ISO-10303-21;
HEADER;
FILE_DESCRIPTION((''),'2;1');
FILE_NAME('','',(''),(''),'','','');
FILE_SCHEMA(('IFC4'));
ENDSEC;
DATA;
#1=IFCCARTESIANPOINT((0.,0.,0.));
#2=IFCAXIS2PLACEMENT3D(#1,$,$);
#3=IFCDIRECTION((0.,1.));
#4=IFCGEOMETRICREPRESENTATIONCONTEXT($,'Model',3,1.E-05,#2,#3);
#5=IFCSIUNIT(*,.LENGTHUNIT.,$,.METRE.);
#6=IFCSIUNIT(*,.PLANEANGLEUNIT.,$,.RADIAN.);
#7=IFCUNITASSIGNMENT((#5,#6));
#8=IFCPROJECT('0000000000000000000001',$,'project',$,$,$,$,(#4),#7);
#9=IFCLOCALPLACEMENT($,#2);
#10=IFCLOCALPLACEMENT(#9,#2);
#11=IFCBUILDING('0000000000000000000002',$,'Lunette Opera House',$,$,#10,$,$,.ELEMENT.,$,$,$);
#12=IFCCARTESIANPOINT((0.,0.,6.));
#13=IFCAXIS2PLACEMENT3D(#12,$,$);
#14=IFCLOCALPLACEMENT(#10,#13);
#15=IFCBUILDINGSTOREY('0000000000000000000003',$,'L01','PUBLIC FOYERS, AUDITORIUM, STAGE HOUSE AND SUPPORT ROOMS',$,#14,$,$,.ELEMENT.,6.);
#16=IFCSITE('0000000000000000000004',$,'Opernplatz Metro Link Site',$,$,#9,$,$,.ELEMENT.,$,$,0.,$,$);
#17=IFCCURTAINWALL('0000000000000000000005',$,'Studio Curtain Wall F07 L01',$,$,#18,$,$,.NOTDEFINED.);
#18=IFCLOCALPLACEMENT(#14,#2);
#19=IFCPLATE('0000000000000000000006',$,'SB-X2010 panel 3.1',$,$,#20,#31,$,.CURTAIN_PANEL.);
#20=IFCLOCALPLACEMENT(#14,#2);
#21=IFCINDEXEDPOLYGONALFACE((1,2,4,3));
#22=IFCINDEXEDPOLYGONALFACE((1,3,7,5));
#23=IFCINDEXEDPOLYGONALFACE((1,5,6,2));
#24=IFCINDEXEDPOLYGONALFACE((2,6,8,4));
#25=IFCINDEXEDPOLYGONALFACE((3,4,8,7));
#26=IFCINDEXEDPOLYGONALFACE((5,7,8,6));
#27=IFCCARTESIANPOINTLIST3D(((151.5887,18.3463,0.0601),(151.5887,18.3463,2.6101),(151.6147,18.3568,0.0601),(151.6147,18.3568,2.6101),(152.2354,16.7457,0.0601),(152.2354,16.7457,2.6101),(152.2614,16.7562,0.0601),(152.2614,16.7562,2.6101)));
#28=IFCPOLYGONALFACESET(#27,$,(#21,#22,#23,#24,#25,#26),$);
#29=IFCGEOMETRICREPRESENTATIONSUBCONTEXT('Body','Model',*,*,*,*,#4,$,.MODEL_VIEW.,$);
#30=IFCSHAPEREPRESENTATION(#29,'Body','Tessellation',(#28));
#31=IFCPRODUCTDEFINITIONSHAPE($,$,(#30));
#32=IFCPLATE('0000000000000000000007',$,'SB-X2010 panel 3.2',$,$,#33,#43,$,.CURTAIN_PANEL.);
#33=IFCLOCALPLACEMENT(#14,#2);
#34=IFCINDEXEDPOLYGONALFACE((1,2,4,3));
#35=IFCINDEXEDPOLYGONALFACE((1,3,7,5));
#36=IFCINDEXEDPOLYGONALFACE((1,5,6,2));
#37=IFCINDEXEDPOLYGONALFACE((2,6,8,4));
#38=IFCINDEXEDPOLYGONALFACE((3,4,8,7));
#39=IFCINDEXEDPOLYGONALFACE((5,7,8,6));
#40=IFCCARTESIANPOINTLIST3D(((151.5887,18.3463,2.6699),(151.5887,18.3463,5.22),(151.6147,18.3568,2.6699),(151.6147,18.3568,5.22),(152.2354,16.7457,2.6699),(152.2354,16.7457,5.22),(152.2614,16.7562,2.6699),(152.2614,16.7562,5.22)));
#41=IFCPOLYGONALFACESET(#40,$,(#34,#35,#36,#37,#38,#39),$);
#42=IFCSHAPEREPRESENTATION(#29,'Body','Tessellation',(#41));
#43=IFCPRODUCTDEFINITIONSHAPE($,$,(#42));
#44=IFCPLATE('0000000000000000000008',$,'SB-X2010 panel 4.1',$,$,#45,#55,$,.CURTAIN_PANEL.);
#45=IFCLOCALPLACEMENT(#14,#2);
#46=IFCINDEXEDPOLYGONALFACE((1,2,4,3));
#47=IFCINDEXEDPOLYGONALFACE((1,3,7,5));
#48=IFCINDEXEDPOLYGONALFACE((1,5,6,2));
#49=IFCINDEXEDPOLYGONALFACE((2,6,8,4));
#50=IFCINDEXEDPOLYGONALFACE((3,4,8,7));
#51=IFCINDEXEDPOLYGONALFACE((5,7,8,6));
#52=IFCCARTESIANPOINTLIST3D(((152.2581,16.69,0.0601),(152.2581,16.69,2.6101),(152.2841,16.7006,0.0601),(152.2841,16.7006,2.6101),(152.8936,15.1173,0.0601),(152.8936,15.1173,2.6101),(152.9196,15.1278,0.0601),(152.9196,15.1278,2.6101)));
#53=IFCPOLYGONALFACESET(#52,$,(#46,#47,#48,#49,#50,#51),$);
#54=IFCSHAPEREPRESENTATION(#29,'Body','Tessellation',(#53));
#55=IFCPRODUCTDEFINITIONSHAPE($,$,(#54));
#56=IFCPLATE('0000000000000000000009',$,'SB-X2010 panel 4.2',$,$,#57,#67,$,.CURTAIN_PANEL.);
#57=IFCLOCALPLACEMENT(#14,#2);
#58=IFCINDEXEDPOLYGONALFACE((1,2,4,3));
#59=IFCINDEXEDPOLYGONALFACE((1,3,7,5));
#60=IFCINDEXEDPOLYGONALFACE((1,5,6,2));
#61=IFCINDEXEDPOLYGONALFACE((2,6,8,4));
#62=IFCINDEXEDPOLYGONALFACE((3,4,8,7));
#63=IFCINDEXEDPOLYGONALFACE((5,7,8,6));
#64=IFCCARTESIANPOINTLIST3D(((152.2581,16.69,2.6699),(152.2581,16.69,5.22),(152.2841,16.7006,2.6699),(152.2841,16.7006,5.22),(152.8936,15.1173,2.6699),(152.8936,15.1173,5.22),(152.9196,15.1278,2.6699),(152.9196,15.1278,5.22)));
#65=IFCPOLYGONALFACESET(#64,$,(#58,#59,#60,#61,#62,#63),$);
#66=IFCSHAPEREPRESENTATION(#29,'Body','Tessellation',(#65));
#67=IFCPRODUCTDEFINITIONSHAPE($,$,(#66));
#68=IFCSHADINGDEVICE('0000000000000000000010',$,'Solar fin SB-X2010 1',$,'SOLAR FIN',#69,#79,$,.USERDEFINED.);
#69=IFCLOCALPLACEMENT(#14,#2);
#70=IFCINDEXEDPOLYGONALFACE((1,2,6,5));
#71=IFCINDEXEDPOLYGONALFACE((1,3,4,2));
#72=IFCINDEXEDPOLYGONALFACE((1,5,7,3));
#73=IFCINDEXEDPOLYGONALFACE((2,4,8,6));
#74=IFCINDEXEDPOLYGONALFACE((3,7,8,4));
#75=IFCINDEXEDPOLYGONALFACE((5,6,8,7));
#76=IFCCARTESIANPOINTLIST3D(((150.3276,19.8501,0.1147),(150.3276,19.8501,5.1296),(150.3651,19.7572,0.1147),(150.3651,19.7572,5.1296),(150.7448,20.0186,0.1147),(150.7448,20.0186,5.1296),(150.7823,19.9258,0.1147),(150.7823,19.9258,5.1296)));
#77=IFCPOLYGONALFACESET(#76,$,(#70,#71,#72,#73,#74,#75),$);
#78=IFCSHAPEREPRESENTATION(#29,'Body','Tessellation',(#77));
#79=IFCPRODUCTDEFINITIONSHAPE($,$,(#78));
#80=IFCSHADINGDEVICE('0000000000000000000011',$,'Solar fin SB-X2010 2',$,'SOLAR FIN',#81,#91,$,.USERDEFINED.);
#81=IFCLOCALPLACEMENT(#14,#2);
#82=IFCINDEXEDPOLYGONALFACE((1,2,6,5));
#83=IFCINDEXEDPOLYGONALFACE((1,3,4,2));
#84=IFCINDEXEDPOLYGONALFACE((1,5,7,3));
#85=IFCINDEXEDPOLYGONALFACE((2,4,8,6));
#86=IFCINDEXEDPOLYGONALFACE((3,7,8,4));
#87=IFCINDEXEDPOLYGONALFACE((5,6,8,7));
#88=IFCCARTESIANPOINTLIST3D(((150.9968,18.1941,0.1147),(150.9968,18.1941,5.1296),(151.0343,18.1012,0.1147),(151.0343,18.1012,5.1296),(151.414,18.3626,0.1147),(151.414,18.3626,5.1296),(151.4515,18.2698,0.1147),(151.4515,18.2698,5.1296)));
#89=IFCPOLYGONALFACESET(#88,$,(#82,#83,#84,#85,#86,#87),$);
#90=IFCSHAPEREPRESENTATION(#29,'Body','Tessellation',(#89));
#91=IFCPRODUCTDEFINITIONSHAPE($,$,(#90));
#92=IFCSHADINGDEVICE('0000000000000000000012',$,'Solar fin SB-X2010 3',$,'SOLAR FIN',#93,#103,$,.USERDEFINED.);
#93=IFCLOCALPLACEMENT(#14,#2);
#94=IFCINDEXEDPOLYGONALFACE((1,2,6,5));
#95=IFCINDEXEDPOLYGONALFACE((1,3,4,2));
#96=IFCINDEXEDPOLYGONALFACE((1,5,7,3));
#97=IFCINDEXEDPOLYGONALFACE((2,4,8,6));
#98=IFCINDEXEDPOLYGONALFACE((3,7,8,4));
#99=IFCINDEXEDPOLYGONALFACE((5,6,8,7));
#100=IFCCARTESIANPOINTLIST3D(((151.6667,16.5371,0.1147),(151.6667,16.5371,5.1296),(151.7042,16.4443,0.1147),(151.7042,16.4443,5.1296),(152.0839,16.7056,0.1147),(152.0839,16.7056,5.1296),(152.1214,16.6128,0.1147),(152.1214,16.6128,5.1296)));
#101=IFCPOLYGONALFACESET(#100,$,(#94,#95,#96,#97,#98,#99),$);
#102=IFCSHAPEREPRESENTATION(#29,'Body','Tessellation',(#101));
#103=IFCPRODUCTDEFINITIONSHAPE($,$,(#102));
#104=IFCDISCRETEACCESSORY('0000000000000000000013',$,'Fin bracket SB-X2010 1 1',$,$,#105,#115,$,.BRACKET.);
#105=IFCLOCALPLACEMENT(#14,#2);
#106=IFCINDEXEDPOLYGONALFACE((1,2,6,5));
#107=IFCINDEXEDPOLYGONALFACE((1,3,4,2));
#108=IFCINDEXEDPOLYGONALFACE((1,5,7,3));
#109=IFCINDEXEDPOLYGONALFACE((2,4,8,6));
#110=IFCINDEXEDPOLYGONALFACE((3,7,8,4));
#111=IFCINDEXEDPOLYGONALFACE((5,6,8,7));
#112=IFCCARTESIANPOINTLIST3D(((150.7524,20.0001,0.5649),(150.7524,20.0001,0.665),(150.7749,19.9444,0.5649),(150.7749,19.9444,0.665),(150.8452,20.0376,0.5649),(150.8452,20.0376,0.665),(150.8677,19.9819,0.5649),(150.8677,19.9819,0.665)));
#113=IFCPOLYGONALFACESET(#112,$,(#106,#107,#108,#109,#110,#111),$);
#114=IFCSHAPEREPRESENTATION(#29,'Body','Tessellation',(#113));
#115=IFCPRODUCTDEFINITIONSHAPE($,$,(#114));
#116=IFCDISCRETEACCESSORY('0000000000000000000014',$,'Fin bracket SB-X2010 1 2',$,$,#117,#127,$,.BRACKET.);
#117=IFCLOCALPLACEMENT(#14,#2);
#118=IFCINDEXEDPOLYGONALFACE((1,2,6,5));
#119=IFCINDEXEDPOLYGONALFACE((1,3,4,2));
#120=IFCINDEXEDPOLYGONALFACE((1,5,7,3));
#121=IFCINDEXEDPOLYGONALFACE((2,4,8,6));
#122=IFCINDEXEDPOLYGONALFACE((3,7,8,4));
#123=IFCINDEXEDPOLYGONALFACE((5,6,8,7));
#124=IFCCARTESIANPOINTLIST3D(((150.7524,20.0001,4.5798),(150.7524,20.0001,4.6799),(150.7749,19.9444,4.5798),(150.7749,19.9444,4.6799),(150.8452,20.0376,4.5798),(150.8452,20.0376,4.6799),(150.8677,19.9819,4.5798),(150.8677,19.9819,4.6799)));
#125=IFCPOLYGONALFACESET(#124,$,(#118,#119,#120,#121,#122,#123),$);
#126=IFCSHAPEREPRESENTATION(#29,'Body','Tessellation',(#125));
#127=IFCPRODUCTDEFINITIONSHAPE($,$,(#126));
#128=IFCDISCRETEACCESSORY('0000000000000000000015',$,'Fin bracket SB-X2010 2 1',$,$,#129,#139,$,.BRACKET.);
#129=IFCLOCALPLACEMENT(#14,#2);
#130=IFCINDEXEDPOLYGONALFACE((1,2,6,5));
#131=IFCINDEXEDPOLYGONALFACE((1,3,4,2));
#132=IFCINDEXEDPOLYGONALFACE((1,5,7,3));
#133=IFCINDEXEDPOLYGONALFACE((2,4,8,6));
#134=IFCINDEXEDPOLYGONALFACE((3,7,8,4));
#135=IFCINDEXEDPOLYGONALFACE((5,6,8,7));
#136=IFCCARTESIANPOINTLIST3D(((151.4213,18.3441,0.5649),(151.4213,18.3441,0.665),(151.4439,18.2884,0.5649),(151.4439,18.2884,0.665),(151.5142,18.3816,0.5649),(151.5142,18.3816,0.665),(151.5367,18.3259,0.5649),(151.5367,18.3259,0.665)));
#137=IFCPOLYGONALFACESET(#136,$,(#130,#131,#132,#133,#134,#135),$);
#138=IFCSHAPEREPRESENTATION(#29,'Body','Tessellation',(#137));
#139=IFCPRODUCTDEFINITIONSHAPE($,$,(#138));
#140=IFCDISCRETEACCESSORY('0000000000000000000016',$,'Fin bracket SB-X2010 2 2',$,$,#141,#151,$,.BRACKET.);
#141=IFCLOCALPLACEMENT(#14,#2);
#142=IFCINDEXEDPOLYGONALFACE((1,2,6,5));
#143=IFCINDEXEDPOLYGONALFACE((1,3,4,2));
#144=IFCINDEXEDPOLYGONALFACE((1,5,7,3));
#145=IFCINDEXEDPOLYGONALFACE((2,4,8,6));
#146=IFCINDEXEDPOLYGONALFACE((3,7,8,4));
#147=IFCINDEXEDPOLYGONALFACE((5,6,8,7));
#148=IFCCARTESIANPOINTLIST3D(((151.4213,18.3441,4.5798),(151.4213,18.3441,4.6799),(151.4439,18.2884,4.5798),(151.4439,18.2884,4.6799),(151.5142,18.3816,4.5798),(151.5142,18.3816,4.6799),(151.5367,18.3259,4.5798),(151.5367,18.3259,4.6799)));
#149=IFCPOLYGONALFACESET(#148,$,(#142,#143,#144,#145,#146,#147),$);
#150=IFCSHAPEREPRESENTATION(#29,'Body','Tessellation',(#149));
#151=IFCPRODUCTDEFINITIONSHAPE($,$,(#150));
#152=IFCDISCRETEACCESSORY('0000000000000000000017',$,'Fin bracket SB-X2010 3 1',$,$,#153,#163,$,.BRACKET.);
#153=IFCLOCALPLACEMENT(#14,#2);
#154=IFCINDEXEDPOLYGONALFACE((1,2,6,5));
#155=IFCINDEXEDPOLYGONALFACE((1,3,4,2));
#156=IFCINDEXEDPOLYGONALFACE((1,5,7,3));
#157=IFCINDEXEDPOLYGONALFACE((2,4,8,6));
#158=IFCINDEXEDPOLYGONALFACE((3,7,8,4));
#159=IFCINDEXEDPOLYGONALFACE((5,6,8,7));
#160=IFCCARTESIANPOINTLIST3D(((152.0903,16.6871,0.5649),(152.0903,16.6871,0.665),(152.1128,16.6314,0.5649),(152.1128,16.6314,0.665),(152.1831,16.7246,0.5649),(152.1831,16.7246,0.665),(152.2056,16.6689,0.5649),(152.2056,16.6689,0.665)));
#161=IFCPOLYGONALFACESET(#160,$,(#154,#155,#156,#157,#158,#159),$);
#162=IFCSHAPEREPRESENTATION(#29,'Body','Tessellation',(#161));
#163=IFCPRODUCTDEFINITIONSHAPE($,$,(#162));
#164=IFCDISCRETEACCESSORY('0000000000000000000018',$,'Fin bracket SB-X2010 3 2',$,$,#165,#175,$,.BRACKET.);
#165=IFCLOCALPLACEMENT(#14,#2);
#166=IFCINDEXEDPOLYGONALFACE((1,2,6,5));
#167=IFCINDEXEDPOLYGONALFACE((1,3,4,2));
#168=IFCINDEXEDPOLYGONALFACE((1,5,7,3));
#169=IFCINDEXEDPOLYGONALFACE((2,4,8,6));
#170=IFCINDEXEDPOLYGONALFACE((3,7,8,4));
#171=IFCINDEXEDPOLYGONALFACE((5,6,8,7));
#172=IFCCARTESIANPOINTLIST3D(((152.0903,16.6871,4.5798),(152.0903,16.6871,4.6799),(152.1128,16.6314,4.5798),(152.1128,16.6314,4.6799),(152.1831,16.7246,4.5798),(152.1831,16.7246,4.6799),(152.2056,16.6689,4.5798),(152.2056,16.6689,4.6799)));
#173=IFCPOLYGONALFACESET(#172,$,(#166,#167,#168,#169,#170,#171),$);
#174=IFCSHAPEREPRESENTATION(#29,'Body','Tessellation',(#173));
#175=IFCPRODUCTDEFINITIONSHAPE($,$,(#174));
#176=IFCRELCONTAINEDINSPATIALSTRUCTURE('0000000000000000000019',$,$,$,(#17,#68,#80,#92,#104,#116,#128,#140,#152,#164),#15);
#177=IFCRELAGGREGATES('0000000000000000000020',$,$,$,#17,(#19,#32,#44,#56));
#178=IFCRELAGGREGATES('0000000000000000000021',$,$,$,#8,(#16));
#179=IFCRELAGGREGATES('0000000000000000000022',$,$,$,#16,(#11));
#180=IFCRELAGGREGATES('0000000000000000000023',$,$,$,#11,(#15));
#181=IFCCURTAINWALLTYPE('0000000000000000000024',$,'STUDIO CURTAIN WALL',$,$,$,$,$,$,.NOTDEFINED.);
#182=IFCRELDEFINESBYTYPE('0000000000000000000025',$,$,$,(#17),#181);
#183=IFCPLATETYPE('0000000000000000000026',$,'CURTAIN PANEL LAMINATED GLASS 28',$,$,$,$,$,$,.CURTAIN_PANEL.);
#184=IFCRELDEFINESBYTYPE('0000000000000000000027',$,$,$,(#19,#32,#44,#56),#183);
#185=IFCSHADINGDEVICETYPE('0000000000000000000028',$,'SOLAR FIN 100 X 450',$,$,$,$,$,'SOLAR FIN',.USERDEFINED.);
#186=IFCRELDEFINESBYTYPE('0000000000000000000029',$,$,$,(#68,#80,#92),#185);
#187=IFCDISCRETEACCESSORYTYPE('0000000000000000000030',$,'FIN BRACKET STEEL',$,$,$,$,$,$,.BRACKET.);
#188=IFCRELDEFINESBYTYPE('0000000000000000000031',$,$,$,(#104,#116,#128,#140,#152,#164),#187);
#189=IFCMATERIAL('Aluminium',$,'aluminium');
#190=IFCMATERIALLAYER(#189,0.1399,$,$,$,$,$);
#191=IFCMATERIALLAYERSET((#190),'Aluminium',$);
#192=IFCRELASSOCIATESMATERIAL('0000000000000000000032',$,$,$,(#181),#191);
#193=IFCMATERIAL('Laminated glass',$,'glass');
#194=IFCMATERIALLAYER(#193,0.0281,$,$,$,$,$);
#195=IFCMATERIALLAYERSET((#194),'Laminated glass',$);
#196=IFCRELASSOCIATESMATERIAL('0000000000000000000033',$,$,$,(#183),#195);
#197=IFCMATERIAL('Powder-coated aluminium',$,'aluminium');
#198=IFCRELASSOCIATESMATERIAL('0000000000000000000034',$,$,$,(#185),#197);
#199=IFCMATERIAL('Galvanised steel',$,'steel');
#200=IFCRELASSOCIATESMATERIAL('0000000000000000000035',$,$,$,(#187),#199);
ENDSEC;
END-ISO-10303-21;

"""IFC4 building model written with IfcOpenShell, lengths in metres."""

from ifc_helpers import new_model, si_unit, direction, frame, origin, origin_2d, place, context, subcontext, project, spatial, rectangle, extrude, material, layer, layer_set, type_object, element, aggregate, save


model = new_model("IFC4")

# Units and contexts
model_context = context("Model", 3, precision=1e-05, world=origin(), true_north=direction((0.0, 1.0)))
body_context = subcontext(model_context, "Body", "Model", "MODEL_VIEW")
ifc_project = project(units=[si_unit("LENGTHUNIT", "METRE"), si_unit("PLANEANGLEUNIT", "RADIAN")], contexts=[model_context])

# Site, building, storey
site_placement = place(None, origin())
site = spatial("IfcSite", under=ifc_project, at=site_placement, Name="Opernplatz Metro Link Site", CompositionType="ELEMENT", RefElevation=0.0)
building_placement = place(site_placement, origin())
building = spatial("IfcBuilding", under=site, at=building_placement, Name="Lunette Opera House", CompositionType="ELEMENT")
storey_placement = place(building_placement, frame((0.0, 0.0, 6.0)))
storey = spatial("IfcBuildingStorey", under=building, at=storey_placement, Name="L01", Description="PUBLIC FOYERS, AUDITORIUM, STAGE HOUSE AND SUPPORT ROOMS", CompositionType="ELEMENT", Elevation=6.0)

# Curtain wall, plates
ifc_material_1 = material(Name="Aluminium", Category="aluminium")
ifc_layer_1 = layer(ifc_material_1, 0.1399)
ifc_layer_set_1 = layer_set([ifc_layer_1], Name="Aluminium")
curtain_wall_type = type_object("IfcCurtainWallType", Name="STUDIO CURTAIN WALL", PredefinedType="NOTDEFINED", material=ifc_layer_set_1)
curtain_wall_placement = place(storey_placement, origin())
curtain_wall = element("IfcCurtainWall", 1, at=curtain_wall_placement, inside=storey, type_object=curtain_wall_type, Name="Studio Curtain Wall F07 L01", PredefinedType="NOTDEFINED")
ifc_material_2 = material(Name="Laminated glass", Category="glass")
ifc_layer_2 = layer(ifc_material_2, 0.0281)
ifc_layer_set_2 = layer_set([ifc_layer_2], Name="Laminated glass")
plate_type = type_object("IfcPlateType", Name="CURTAIN PANEL LAMINATED GLASS 28", PredefinedType="CURTAIN_PANEL", material=ifc_layer_set_2)
plate_1_placement = place(storey_placement, frame((151.925, 17.5513, 0.0601), z_axis=(0.0, 0.0, 1.0), x_axis=(0.374646, -0.927168, 0.0)))
plate_1 = element("IfcPlate", 2, at=plate_1_placement, type_object=plate_type, Name="SB-X2010 panel 3.1", PredefinedType="CURTAIN_PANEL", context=body_context, shape_type="SweptSolid", body=[
    extrude(rectangle(XDim=1.7263, YDim=0.0281, at=origin_2d()), origin(), (0.0, 0.0, 1.0), 2.55),
])
plate_2_placement = place(storey_placement, frame((151.925, 17.5513, 2.6699), z_axis=(0.0, 0.0, 1.0), x_axis=(0.374646, -0.927168, 0.0)))
plate_2 = element("IfcPlate", 3, at=plate_2_placement, type_object=plate_type, Name="SB-X2010 panel 3.2", PredefinedType="CURTAIN_PANEL", context=body_context, shape_type="SweptSolid", body=[
    extrude(rectangle(XDim=1.7263, YDim=0.0281, at=origin_2d()), origin(), (0.0, 0.0, 1.0), 2.55),
])
plate_3_placement = place(storey_placement, frame((152.5889, 15.9089, 0.0601), z_axis=(0.0, 0.0, 1.0), x_axis=(0.374646, -0.927168, 0.0)))
plate_3 = element("IfcPlate", 4, at=plate_3_placement, type_object=plate_type, Name="SB-X2010 panel 4.1", PredefinedType="CURTAIN_PANEL", context=body_context, shape_type="SweptSolid", body=[
    extrude(rectangle(XDim=1.6963, YDim=0.0281, at=origin_2d()), origin(), (0.0, 0.0, 1.0), 2.55),
])
plate_4_placement = place(storey_placement, frame((152.5889, 15.9089, 2.6699), z_axis=(0.0, 0.0, 1.0), x_axis=(0.374646, -0.927168, 0.0)))
plate_4 = element("IfcPlate", 5, at=plate_4_placement, type_object=plate_type, Name="SB-X2010 panel 4.2", PredefinedType="CURTAIN_PANEL", context=body_context, shape_type="SweptSolid", body=[
    extrude(rectangle(XDim=1.6963, YDim=0.0281, at=origin_2d()), origin(), (0.0, 0.0, 1.0), 2.55),
])
aggregate(curtain_wall, [plate_1, plate_2, plate_3, plate_4])

# Shading devices
ifc_material_3 = material(Name="Powder-coated aluminium", Category="aluminium")
shading_device_type = type_object("IfcShadingDeviceType", Name="SOLAR FIN 100 X 450", ElementType="SOLAR FIN", PredefinedType="USERDEFINED", material=ifc_material_3)
for number, where, z_axis, x_axis, name in (
    (6, (150.5549, 19.8879, 0.1147), (0.0, 0.0, 1.0), (-0.927168, -0.374645, 0.0), "Solar fin SB-X2010 1"),
    (7, (151.2241, 18.2319, 0.1147), (0.0, 0.0, 1.0), (-0.927168, -0.374645, 0.0), "Solar fin SB-X2010 2"),
    (8, (151.894, 16.575, 0.1147), (0.0, 0.0, 1.0), (-0.927168, -0.374645, 0.0), "Solar fin SB-X2010 3"),
):
    element("IfcShadingDevice", number, at=place(storey_placement, frame(where, z_axis=z_axis, x_axis=x_axis)), inside=storey, type_object=shading_device_type, Name=name, ObjectType="SOLAR FIN", PredefinedType="USERDEFINED", context=body_context, shape_type="SweptSolid", body=[
        extrude(rectangle(XDim=0.45, YDim=0.1001, at=origin_2d()), origin(), (0.0, 0.0, 1.0), 5.0149),
    ])

# Discrete accessories
ifc_material_4 = material(Name="Galvanised steel", Category="steel")
discrete_accessory_type = type_object("IfcDiscreteAccessoryType", Name="FIN BRACKET STEEL", PredefinedType="BRACKET", material=ifc_material_4)
for number, where, z_axis, x_axis, name in (
    (9, (150.8101, 19.991, 0.5649), (0.0, 0.0, 1.0), (-0.927168, -0.374645, 0.0), "Fin bracket SB-X2010 1 1"),
    (10, (150.8101, 19.991, 4.5798), (0.0, 0.0, 1.0), (-0.927168, -0.374645, 0.0), "Fin bracket SB-X2010 1 2"),
    (11, (151.479, 18.335, 0.5649), (0.0, 0.0, 1.0), (-0.927168, -0.374645, 0.0), "Fin bracket SB-X2010 2 1"),
    (12, (151.479, 18.335, 4.5798), (0.0, 0.0, 1.0), (-0.927168, -0.374645, 0.0), "Fin bracket SB-X2010 2 2"),
    (13, (152.1479, 16.678, 0.5649), (0.0, 0.0, 1.0), (-0.927168, -0.374645, 0.0), "Fin bracket SB-X2010 3 1"),
    (14, (152.1479, 16.678, 4.5798), (0.0, 0.0, 1.0), (-0.927168, -0.374645, 0.0), "Fin bracket SB-X2010 3 2"),
):
    element("IfcDiscreteAccessory", number, at=place(storey_placement, frame(where, z_axis=z_axis, x_axis=x_axis)), inside=storey, type_object=discrete_accessory_type, Name=name, PredefinedType="BRACKET", context=body_context, shape_type="SweptSolid", body=[
        extrude(rectangle(XDim=0.1001, YDim=0.0601, at=origin_2d()), origin(), (0.0, 0.0, 1.0), 0.1001),
    ])

save(model, "model.ifc")
